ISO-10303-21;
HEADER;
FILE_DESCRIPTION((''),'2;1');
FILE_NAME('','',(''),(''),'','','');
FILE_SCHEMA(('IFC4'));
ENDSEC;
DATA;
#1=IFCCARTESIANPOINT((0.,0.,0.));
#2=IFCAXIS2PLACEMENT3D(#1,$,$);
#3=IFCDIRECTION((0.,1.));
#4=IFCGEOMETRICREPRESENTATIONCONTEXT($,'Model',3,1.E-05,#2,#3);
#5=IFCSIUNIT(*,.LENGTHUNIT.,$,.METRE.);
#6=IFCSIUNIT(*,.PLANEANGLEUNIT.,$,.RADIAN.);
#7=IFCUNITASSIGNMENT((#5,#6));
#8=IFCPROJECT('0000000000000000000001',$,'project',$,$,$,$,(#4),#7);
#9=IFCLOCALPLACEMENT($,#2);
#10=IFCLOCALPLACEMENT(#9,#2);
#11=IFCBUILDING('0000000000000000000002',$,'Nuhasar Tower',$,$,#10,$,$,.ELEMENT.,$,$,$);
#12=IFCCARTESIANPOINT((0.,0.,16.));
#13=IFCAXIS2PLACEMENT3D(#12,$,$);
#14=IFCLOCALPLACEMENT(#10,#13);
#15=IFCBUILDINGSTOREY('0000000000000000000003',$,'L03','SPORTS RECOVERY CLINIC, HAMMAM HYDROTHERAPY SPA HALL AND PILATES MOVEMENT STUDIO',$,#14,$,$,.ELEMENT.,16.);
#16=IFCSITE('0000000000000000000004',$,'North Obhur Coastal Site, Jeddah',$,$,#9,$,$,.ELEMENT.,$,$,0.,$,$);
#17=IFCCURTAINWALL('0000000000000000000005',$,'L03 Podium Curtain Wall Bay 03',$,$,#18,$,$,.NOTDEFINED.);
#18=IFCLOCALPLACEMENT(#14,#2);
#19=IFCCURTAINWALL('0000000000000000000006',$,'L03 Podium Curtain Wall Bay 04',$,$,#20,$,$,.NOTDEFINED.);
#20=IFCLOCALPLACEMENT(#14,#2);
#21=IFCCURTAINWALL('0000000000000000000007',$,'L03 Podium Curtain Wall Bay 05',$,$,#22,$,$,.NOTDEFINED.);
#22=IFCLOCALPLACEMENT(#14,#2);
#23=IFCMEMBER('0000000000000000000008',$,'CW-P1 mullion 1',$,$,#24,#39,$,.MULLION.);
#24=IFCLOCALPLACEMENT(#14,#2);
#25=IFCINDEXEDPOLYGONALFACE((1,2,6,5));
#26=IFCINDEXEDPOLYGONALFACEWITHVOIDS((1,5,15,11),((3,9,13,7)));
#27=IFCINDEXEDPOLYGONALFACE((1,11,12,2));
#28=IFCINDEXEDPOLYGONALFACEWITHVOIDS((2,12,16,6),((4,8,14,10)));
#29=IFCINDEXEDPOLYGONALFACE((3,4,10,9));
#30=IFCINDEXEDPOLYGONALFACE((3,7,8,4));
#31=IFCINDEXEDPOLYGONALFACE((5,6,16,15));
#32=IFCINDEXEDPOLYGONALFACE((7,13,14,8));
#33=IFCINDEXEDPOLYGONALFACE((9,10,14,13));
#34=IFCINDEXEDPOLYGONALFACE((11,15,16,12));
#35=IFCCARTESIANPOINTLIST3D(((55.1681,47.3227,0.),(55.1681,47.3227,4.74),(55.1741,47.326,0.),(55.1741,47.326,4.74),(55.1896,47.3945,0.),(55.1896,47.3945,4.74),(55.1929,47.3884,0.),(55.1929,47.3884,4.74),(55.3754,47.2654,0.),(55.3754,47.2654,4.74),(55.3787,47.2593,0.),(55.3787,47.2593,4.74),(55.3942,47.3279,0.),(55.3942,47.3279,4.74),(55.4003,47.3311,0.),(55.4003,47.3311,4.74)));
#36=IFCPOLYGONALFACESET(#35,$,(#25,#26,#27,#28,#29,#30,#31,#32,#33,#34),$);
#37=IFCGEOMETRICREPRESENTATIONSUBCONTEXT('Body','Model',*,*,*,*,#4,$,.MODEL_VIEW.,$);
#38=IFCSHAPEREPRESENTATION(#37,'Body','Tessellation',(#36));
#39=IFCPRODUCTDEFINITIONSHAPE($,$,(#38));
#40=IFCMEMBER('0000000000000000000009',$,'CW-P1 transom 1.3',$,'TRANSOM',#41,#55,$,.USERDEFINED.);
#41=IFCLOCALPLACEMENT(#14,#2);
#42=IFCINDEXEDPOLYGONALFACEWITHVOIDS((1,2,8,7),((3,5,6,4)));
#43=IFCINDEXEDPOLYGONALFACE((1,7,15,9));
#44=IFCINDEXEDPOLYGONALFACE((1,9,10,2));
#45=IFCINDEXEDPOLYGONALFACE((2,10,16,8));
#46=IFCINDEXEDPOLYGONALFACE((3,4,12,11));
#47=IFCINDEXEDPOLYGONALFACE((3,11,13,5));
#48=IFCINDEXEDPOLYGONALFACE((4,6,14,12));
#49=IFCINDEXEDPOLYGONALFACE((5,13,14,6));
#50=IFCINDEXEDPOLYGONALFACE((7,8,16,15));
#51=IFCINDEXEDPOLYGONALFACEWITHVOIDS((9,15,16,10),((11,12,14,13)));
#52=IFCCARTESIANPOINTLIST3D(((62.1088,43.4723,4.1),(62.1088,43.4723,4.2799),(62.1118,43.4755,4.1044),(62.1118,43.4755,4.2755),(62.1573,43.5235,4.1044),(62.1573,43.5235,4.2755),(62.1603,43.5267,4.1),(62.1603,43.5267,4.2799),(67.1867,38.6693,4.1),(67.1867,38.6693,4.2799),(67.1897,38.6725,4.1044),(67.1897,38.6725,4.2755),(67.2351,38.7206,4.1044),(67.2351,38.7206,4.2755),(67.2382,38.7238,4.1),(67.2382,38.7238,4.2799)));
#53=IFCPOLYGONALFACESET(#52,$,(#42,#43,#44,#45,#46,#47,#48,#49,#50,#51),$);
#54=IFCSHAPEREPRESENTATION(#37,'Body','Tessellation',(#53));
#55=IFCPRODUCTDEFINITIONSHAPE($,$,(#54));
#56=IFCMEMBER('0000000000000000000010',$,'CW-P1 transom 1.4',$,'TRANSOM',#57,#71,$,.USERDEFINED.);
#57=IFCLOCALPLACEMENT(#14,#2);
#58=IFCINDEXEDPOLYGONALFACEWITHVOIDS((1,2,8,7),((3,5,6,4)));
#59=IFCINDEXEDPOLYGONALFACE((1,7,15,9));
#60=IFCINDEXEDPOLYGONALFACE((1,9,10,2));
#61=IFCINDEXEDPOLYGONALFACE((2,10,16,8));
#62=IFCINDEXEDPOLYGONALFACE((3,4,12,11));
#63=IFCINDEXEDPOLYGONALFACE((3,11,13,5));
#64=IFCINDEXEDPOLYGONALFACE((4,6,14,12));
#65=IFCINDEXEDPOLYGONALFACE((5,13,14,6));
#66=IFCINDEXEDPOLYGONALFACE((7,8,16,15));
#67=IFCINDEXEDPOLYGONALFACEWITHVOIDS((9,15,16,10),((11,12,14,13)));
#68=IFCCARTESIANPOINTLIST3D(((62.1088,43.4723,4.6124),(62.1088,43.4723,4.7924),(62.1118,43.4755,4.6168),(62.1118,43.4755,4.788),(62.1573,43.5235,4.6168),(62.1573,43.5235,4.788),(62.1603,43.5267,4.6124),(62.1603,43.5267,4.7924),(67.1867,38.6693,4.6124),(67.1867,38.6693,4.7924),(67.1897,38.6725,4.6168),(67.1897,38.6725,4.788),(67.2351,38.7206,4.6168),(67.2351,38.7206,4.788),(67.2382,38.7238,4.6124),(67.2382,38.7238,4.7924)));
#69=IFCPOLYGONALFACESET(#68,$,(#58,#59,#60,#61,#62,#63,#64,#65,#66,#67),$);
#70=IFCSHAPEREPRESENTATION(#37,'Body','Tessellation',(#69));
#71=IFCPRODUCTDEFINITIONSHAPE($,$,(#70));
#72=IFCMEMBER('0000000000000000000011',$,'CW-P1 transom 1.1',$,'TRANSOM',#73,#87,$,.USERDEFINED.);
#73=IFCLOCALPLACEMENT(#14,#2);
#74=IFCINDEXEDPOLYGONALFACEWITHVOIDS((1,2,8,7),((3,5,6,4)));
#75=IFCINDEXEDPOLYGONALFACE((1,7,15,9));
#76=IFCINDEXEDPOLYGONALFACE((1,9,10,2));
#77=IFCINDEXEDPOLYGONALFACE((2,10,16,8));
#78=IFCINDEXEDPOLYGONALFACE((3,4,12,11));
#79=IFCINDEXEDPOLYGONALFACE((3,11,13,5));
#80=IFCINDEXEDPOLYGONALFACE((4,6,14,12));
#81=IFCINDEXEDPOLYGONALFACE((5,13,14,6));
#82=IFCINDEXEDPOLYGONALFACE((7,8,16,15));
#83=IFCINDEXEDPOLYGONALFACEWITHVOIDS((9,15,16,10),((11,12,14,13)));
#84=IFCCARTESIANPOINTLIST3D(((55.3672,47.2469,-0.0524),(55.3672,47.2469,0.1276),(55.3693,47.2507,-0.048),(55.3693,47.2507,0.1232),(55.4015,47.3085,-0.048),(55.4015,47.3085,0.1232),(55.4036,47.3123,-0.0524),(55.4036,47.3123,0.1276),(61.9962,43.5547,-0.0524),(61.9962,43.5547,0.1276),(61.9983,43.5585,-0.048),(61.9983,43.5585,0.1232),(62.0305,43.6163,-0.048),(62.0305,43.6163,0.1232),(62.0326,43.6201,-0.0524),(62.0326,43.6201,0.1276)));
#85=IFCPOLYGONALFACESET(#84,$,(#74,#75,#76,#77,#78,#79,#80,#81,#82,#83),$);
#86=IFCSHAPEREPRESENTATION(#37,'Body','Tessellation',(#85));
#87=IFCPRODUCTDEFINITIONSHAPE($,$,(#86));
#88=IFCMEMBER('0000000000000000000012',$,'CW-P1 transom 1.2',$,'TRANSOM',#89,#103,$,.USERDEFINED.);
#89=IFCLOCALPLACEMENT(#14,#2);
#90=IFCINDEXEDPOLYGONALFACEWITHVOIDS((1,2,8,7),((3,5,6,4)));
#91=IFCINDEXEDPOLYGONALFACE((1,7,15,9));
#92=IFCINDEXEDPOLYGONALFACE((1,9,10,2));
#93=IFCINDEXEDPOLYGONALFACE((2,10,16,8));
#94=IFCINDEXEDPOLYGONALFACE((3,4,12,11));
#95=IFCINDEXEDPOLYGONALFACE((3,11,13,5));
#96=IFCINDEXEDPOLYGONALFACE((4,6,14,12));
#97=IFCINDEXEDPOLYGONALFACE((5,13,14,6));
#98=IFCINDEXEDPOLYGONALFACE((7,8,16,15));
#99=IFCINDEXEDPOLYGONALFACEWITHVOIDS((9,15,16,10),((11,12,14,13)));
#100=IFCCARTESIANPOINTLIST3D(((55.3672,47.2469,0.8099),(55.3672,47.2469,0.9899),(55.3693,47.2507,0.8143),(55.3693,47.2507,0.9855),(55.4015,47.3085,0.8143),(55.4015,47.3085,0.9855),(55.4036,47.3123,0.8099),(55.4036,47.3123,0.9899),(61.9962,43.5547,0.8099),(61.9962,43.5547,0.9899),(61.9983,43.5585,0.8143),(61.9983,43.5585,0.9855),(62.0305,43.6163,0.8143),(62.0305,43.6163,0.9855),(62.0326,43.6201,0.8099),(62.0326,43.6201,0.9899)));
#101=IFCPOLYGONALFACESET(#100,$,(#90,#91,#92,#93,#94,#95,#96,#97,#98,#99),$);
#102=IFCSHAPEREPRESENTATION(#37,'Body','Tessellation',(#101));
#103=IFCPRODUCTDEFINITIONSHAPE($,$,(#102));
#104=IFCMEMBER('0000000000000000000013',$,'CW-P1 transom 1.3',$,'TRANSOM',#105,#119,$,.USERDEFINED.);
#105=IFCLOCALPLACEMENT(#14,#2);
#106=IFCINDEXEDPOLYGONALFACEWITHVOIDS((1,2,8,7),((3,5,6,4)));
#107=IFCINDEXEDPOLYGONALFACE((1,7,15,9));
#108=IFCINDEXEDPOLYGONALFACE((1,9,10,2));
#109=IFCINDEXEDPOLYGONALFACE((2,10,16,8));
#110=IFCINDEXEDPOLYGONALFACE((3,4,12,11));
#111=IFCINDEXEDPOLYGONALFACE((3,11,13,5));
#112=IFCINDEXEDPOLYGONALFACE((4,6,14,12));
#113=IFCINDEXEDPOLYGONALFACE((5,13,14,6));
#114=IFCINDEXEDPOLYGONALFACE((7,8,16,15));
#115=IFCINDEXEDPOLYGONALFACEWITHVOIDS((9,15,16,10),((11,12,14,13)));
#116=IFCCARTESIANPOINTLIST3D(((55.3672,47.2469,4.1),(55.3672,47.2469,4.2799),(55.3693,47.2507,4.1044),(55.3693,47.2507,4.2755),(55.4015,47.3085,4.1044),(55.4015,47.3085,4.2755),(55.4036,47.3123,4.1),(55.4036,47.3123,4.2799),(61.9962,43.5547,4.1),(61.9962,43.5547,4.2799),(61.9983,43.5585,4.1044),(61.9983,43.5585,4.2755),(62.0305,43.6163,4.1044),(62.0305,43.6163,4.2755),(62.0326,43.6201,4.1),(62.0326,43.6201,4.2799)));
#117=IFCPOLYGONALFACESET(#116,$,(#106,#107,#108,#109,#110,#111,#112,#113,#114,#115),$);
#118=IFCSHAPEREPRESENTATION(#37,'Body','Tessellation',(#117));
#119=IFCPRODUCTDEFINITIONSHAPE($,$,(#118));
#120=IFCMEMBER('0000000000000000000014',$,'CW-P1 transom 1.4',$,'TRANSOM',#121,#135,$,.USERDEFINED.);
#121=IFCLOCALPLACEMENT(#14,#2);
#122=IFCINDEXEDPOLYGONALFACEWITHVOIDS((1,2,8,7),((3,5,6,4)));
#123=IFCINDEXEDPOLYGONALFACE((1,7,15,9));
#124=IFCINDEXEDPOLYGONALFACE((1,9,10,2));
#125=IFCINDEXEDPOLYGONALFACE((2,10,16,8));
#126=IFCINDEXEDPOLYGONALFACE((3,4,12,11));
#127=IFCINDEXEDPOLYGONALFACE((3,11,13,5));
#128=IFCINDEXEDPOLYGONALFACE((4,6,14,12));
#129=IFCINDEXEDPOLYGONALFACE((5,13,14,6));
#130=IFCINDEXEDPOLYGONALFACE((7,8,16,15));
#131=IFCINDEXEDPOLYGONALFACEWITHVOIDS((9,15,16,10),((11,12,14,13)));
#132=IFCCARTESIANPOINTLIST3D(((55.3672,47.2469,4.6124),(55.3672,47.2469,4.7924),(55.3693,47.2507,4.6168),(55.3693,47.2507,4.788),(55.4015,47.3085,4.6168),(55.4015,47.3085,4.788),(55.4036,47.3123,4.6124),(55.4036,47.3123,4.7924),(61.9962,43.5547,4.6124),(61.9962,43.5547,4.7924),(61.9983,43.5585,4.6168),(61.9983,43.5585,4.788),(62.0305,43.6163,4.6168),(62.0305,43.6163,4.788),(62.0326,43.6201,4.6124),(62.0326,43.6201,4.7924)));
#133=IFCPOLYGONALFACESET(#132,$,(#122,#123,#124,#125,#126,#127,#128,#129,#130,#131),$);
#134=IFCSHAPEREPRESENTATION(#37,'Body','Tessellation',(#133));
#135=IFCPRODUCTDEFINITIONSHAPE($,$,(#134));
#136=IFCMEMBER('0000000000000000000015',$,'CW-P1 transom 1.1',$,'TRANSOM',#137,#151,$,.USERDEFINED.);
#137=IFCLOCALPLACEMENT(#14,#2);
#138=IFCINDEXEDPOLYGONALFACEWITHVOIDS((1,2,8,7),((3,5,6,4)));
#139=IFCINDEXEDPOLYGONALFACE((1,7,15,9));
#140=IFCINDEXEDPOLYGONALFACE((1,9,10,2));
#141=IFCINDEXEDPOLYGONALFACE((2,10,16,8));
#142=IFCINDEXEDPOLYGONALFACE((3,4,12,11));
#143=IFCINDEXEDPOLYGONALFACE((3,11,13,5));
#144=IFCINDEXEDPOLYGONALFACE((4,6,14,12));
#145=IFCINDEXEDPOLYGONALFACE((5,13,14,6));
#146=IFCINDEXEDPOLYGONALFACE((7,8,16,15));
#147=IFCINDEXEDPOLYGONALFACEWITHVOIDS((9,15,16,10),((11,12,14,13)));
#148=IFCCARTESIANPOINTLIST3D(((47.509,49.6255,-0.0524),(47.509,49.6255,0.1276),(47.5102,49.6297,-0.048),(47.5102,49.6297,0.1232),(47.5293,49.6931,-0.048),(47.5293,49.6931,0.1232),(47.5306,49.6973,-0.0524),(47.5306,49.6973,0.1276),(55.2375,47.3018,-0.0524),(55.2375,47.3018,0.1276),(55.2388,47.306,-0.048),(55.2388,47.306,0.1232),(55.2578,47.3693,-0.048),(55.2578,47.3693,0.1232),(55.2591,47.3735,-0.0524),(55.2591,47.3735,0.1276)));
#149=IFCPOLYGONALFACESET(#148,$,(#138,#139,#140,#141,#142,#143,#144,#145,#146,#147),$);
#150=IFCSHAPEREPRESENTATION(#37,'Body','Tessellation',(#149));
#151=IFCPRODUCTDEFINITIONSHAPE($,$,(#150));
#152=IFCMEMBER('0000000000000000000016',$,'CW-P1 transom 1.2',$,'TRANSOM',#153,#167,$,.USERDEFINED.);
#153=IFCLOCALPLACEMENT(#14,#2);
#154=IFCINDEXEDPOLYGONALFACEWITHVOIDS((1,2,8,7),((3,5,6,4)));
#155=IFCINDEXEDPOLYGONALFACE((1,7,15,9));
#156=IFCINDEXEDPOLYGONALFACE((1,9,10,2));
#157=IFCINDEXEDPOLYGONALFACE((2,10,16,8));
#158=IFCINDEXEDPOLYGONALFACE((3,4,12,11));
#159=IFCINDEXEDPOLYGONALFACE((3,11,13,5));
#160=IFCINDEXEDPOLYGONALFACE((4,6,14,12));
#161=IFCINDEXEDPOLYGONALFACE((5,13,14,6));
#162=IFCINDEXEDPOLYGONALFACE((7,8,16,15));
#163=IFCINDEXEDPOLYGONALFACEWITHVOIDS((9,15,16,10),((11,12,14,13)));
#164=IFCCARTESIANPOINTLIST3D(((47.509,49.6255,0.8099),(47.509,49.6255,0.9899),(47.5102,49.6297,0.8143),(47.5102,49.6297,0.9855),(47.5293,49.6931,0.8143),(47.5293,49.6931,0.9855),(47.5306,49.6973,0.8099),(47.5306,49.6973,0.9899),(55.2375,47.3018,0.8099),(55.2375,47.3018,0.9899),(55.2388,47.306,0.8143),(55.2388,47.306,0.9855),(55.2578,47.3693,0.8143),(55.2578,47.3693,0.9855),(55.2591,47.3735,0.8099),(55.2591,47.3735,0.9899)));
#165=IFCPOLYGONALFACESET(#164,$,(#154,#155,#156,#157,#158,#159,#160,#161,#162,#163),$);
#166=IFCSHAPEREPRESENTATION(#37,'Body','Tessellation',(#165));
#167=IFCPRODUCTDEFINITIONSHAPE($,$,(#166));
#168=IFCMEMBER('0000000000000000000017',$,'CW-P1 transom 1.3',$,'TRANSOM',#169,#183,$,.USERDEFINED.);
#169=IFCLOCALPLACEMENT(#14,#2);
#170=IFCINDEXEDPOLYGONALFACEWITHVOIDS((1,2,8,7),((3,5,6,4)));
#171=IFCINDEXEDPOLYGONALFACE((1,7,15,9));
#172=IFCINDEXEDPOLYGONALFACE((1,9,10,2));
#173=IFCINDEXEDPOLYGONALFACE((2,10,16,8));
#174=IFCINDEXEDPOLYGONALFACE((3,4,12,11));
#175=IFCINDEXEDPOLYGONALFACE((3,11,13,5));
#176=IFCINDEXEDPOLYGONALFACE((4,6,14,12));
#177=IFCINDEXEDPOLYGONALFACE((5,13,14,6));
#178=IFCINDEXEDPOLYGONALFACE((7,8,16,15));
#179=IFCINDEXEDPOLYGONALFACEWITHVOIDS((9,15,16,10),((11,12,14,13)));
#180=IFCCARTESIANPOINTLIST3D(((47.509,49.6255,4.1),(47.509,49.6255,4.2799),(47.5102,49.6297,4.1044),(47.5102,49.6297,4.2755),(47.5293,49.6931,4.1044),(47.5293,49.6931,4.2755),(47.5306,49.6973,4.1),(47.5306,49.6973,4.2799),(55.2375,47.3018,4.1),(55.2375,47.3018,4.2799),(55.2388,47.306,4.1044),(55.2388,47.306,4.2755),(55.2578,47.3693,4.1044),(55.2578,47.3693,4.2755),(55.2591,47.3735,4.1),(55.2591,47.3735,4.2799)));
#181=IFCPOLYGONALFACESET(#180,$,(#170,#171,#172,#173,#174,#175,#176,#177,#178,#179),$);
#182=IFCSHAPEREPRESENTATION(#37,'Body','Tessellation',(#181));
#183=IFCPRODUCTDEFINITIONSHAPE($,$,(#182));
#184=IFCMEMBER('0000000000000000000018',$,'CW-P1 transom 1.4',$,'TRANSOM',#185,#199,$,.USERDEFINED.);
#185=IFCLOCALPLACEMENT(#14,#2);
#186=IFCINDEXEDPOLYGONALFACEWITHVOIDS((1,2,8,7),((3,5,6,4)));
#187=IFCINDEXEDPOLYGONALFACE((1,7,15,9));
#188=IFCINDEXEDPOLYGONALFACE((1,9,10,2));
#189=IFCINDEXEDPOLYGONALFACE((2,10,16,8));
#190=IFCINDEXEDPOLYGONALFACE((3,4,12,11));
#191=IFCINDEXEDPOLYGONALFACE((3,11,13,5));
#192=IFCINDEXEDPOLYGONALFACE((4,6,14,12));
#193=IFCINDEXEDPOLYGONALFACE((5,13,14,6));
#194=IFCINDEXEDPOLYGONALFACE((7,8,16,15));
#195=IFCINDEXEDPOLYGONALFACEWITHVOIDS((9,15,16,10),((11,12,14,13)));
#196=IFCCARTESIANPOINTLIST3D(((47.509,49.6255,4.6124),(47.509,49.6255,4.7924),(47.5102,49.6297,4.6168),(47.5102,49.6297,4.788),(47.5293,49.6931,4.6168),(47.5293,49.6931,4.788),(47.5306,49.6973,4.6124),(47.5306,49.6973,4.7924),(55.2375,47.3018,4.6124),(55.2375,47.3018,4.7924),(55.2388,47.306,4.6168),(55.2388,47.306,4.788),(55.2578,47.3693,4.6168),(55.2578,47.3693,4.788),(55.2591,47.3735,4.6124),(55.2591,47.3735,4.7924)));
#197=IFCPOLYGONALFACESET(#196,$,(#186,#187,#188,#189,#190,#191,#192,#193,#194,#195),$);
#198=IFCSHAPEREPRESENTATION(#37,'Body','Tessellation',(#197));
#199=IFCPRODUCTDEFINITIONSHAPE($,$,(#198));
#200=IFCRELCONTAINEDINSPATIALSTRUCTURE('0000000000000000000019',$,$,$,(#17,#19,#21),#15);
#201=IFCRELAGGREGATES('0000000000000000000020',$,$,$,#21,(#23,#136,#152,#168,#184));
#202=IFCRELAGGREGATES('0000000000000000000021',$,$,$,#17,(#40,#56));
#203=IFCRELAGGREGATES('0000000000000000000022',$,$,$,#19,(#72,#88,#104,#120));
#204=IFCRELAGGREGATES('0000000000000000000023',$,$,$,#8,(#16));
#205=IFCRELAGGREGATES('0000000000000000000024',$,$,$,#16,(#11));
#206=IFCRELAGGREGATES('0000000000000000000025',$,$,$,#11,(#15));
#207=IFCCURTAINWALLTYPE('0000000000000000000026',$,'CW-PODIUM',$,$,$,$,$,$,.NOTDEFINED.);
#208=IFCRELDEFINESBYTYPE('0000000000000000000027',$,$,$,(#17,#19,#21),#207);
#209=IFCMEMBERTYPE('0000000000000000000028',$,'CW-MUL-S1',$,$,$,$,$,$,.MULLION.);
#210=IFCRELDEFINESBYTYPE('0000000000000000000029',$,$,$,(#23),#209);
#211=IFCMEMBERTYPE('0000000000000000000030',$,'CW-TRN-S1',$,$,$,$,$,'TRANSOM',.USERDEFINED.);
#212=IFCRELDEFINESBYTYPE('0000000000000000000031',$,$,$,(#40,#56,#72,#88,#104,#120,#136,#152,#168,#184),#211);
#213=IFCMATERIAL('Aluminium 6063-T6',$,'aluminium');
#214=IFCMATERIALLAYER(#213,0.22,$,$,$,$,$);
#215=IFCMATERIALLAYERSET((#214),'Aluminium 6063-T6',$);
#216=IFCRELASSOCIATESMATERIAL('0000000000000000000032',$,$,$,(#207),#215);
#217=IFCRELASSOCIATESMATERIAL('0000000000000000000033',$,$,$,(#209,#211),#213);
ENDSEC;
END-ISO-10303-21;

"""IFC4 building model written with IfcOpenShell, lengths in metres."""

from ifc_helpers import new_model, si_unit, direction, frame, origin, origin_2d, place, context, subcontext, project, spatial, hollow_rectangle, extrude, material, layer, layer_set, material_profile, profile_set, type_object, element, aggregate, save


model = new_model("IFC4")

# Units and contexts
model_context = context("Model", 3, precision=1e-05, world=origin(), true_north=direction((0.0, 1.0)))
body_context = subcontext(model_context, "Body", "Model", "MODEL_VIEW")
ifc_project = project(units=[si_unit("LENGTHUNIT", "METRE"), si_unit("PLANEANGLEUNIT", "RADIAN")], contexts=[model_context])

# Site, building, storey
site_placement = place(None, origin())
site = spatial("IfcSite", under=ifc_project, at=site_placement, Name="North Obhur Coastal Site, Jeddah", CompositionType="ELEMENT", RefElevation=0.0)
building_placement = place(site_placement, origin())
building = spatial("IfcBuilding", under=site, at=building_placement, Name="Nuhasar Tower", CompositionType="ELEMENT")
storey_placement = place(building_placement, frame((0.0, 0.0, 16.0)))
storey = spatial("IfcBuildingStorey", under=building, at=storey_placement, Name="L03", Description="SPORTS RECOVERY CLINIC, HAMMAM HYDROTHERAPY SPA HALL AND PILATES MOVEMENT STUDIO", CompositionType="ELEMENT", Elevation=16.0)

# Curtain wall
ifc_material_1 = material(Name="Aluminium 6063-T6", Category="aluminium")
ifc_layer_1 = layer(ifc_material_1, 0.22)
ifc_layer_set_1 = layer_set([ifc_layer_1], Name="Aluminium 6063-T6")
curtain_wall_type = type_object("IfcCurtainWallType", Name="CW-PODIUM", PredefinedType="NOTDEFINED", material=ifc_layer_set_1)
curtain_wall_1_placement = place(storey_placement, origin())
curtain_wall_1 = element("IfcCurtainWall", 1, at=curtain_wall_1_placement, inside=storey, type_object=curtain_wall_type, Name="L03 Podium Curtain Wall Bay 03", PredefinedType="NOTDEFINED")
ifc_material_profile_1 = material_profile(ifc_material_1, hollow_rectangle(XDim=0.075, YDim=0.22, WallThickness=0.0049, at=origin_2d()), Name="CWM-1")
ifc_profile_set_1 = profile_set([ifc_material_profile_1], Name="Aluminium 6063-T6")
member_type_1 = type_object("IfcMemberType", Name="CW-MUL-S1", PredefinedType="MULLION", material=ifc_profile_set_1)

# Curtain wall
curtain_wall_2_placement = place(storey_placement, origin())
curtain_wall_2 = element("IfcCurtainWall", 2, at=curtain_wall_2_placement, inside=storey, type_object=curtain_wall_type, Name="L03 Podium Curtain Wall Bay 04", PredefinedType="NOTDEFINED")

# Curtain wall, member
curtain_wall_3_placement = place(storey_placement, origin())
curtain_wall_3 = element("IfcCurtainWall", 3, at=curtain_wall_3_placement, inside=storey, type_object=curtain_wall_type, Name="L03 Podium Curtain Wall Bay 05", PredefinedType="NOTDEFINED")
member_1_placement = place(storey_placement, frame((55.2842, 47.3269, 0.0), z_axis=(0.0, 0.0, 1.0), x_axis=(-0.287951, -0.957645, 0.0)))
member_1 = element("IfcMember", 4, at=member_1_placement, type_object=member_type_1, Name="CW-P1 mullion 1", PredefinedType="MULLION", context=body_context, shape_type="SweptSolid", body=[
    extrude(hollow_rectangle(XDim=0.075, YDim=0.22, WallThickness=0.0049, at=origin_2d()), origin(), (0.0, 0.0, 1.0), 4.74),
])

# Members
ifc_material_profile_2 = material_profile(ifc_material_1, hollow_rectangle(XDim=0.075, YDim=0.1799, WallThickness=0.0044, at=origin_2d()), Name="CWT-1")
ifc_profile_set_2 = profile_set([ifc_material_profile_2], Name="Aluminium 6063-T6")
member_type_2 = type_object("IfcMemberType", Name="CW-TRN-S1", ElementType="TRANSOM", PredefinedType="USERDEFINED", material=ifc_profile_set_2)
member_2_placement = place(storey_placement, frame((67.2124, 38.6965, 4.1899), z_axis=(-0.726499, 0.687168, 0.0), x_axis=(-0.687168, -0.726499, 0.0)))
member_2 = element("IfcMember", 5, at=member_2_placement, type_object=member_type_2, Name="CW-P1 transom 1.3", ObjectType="TRANSOM", PredefinedType="USERDEFINED", context=body_context, shape_type="SweptSolid", body=[
    extrude(hollow_rectangle(XDim=0.075, YDim=0.1799, WallThickness=0.0044, at=origin_2d()), origin(), (0.0, 0.0, 1.0), 6.9895),
])
member_3_placement = place(storey_placement, frame((67.2124, 38.6965, 4.7024), z_axis=(-0.726499, 0.687168, 0.0), x_axis=(-0.687168, -0.726499, 0.0)))
member_3 = element("IfcMember", 6, at=member_3_placement, type_object=member_type_2, Name="CW-P1 transom 1.4", ObjectType="TRANSOM", PredefinedType="USERDEFINED", context=body_context, shape_type="SweptSolid", body=[
    extrude(hollow_rectangle(XDim=0.075, YDim=0.1799, WallThickness=0.0044, at=origin_2d()), origin(), (0.0, 0.0, 1.0), 6.9895),
])
member_4_placement = place(storey_placement, frame((62.0144, 43.5874, 0.0376), z_axis=(-0.87363, 0.486591, 0.0), x_axis=(-0.486591, -0.87363, 0.0)))
member_4 = element("IfcMember", 7, at=member_4_placement, type_object=member_type_2, Name="CW-P1 transom 1.1", ObjectType="TRANSOM", PredefinedType="USERDEFINED", context=body_context, shape_type="SweptSolid", body=[
    extrude(hollow_rectangle(XDim=0.075, YDim=0.1799, WallThickness=0.0044, at=origin_2d()), origin(), (0.0, 0.0, 1.0), 7.5879),
])
member_5_placement = place(storey_placement, frame((62.0144, 43.5874, 0.8999), z_axis=(-0.87363, 0.486591, 0.0), x_axis=(-0.486591, -0.87363, 0.0)))
member_5 = element("IfcMember", 8, at=member_5_placement, type_object=member_type_2, Name="CW-P1 transom 1.2", ObjectType="TRANSOM", PredefinedType="USERDEFINED", context=body_context, shape_type="SweptSolid", body=[
    extrude(hollow_rectangle(XDim=0.075, YDim=0.1799, WallThickness=0.0044, at=origin_2d()), origin(), (0.0, 0.0, 1.0), 7.5879),
])
member_6_placement = place(storey_placement, frame((62.0144, 43.5874, 4.1899), z_axis=(-0.87363, 0.486591, 0.0), x_axis=(-0.486591, -0.87363, 0.0)))
member_6 = element("IfcMember", 9, at=member_6_placement, type_object=member_type_2, Name="CW-P1 transom 1.3", ObjectType="TRANSOM", PredefinedType="USERDEFINED", context=body_context, shape_type="SweptSolid", body=[
    extrude(hollow_rectangle(XDim=0.075, YDim=0.1799, WallThickness=0.0044, at=origin_2d()), origin(), (0.0, 0.0, 1.0), 7.5879),
])
member_7_placement = place(storey_placement, frame((62.0144, 43.5874, 4.7024), z_axis=(-0.87363, 0.486591, 0.0), x_axis=(-0.486591, -0.87363, 0.0)))
member_7 = element("IfcMember", 10, at=member_7_placement, type_object=member_type_2, Name="CW-P1 transom 1.4", ObjectType="TRANSOM", PredefinedType="USERDEFINED", context=body_context, shape_type="SweptSolid", body=[
    extrude(hollow_rectangle(XDim=0.075, YDim=0.1799, WallThickness=0.0044, at=origin_2d()), origin(), (0.0, 0.0, 1.0), 7.5879),
])
member_8_placement = place(storey_placement, frame((55.2483, 47.3376, 0.0376), z_axis=(-0.95765, 0.287936, 0.0), x_axis=(-0.287936, -0.95765, 0.0)))
member_8 = element("IfcMember", 11, at=member_8_placement, type_object=member_type_2, Name="CW-P1 transom 1.1", ObjectType="TRANSOM", PredefinedType="USERDEFINED", context=body_context, shape_type="SweptSolid", body=[
    extrude(hollow_rectangle(XDim=0.075, YDim=0.1799, WallThickness=0.0044, at=origin_2d()), origin(), (0.0, 0.0, 1.0), 8.0703),
])
member_9_placement = place(storey_placement, frame((55.2483, 47.3376, 0.8999), z_axis=(-0.95765, 0.287936, 0.0), x_axis=(-0.287936, -0.95765, 0.0)))
member_9 = element("IfcMember", 12, at=member_9_placement, type_object=member_type_2, Name="CW-P1 transom 1.2", ObjectType="TRANSOM", PredefinedType="USERDEFINED", context=body_context, shape_type="SweptSolid", body=[
    extrude(hollow_rectangle(XDim=0.075, YDim=0.1799, WallThickness=0.0044, at=origin_2d()), origin(), (0.0, 0.0, 1.0), 8.0703),
])
member_10_placement = place(storey_placement, frame((55.2483, 47.3376, 4.1899), z_axis=(-0.95765, 0.287936, 0.0), x_axis=(-0.287936, -0.95765, 0.0)))
member_10 = element("IfcMember", 13, at=member_10_placement, type_object=member_type_2, Name="CW-P1 transom 1.3", ObjectType="TRANSOM", PredefinedType="USERDEFINED", context=body_context, shape_type="SweptSolid", body=[
    extrude(hollow_rectangle(XDim=0.075, YDim=0.1799, WallThickness=0.0044, at=origin_2d()), origin(), (0.0, 0.0, 1.0), 8.0703),
])
member_11_placement = place(storey_placement, frame((55.2483, 47.3376, 4.7024), z_axis=(-0.95765, 0.287936, 0.0), x_axis=(-0.287936, -0.95765, 0.0)))
member_11 = element("IfcMember", 14, at=member_11_placement, type_object=member_type_2, Name="CW-P1 transom 1.4", ObjectType="TRANSOM", PredefinedType="USERDEFINED", context=body_context, shape_type="SweptSolid", body=[
    extrude(hollow_rectangle(XDim=0.075, YDim=0.1799, WallThickness=0.0044, at=origin_2d()), origin(), (0.0, 0.0, 1.0), 8.0703),
])
aggregate(curtain_wall_3, [member_1, member_8, member_9, member_10, member_11])

aggregate(curtain_wall_1, [member_2, member_3])
aggregate(curtain_wall_2, [member_4, member_5, member_6, member_7])

save(model, "model.ifc")
